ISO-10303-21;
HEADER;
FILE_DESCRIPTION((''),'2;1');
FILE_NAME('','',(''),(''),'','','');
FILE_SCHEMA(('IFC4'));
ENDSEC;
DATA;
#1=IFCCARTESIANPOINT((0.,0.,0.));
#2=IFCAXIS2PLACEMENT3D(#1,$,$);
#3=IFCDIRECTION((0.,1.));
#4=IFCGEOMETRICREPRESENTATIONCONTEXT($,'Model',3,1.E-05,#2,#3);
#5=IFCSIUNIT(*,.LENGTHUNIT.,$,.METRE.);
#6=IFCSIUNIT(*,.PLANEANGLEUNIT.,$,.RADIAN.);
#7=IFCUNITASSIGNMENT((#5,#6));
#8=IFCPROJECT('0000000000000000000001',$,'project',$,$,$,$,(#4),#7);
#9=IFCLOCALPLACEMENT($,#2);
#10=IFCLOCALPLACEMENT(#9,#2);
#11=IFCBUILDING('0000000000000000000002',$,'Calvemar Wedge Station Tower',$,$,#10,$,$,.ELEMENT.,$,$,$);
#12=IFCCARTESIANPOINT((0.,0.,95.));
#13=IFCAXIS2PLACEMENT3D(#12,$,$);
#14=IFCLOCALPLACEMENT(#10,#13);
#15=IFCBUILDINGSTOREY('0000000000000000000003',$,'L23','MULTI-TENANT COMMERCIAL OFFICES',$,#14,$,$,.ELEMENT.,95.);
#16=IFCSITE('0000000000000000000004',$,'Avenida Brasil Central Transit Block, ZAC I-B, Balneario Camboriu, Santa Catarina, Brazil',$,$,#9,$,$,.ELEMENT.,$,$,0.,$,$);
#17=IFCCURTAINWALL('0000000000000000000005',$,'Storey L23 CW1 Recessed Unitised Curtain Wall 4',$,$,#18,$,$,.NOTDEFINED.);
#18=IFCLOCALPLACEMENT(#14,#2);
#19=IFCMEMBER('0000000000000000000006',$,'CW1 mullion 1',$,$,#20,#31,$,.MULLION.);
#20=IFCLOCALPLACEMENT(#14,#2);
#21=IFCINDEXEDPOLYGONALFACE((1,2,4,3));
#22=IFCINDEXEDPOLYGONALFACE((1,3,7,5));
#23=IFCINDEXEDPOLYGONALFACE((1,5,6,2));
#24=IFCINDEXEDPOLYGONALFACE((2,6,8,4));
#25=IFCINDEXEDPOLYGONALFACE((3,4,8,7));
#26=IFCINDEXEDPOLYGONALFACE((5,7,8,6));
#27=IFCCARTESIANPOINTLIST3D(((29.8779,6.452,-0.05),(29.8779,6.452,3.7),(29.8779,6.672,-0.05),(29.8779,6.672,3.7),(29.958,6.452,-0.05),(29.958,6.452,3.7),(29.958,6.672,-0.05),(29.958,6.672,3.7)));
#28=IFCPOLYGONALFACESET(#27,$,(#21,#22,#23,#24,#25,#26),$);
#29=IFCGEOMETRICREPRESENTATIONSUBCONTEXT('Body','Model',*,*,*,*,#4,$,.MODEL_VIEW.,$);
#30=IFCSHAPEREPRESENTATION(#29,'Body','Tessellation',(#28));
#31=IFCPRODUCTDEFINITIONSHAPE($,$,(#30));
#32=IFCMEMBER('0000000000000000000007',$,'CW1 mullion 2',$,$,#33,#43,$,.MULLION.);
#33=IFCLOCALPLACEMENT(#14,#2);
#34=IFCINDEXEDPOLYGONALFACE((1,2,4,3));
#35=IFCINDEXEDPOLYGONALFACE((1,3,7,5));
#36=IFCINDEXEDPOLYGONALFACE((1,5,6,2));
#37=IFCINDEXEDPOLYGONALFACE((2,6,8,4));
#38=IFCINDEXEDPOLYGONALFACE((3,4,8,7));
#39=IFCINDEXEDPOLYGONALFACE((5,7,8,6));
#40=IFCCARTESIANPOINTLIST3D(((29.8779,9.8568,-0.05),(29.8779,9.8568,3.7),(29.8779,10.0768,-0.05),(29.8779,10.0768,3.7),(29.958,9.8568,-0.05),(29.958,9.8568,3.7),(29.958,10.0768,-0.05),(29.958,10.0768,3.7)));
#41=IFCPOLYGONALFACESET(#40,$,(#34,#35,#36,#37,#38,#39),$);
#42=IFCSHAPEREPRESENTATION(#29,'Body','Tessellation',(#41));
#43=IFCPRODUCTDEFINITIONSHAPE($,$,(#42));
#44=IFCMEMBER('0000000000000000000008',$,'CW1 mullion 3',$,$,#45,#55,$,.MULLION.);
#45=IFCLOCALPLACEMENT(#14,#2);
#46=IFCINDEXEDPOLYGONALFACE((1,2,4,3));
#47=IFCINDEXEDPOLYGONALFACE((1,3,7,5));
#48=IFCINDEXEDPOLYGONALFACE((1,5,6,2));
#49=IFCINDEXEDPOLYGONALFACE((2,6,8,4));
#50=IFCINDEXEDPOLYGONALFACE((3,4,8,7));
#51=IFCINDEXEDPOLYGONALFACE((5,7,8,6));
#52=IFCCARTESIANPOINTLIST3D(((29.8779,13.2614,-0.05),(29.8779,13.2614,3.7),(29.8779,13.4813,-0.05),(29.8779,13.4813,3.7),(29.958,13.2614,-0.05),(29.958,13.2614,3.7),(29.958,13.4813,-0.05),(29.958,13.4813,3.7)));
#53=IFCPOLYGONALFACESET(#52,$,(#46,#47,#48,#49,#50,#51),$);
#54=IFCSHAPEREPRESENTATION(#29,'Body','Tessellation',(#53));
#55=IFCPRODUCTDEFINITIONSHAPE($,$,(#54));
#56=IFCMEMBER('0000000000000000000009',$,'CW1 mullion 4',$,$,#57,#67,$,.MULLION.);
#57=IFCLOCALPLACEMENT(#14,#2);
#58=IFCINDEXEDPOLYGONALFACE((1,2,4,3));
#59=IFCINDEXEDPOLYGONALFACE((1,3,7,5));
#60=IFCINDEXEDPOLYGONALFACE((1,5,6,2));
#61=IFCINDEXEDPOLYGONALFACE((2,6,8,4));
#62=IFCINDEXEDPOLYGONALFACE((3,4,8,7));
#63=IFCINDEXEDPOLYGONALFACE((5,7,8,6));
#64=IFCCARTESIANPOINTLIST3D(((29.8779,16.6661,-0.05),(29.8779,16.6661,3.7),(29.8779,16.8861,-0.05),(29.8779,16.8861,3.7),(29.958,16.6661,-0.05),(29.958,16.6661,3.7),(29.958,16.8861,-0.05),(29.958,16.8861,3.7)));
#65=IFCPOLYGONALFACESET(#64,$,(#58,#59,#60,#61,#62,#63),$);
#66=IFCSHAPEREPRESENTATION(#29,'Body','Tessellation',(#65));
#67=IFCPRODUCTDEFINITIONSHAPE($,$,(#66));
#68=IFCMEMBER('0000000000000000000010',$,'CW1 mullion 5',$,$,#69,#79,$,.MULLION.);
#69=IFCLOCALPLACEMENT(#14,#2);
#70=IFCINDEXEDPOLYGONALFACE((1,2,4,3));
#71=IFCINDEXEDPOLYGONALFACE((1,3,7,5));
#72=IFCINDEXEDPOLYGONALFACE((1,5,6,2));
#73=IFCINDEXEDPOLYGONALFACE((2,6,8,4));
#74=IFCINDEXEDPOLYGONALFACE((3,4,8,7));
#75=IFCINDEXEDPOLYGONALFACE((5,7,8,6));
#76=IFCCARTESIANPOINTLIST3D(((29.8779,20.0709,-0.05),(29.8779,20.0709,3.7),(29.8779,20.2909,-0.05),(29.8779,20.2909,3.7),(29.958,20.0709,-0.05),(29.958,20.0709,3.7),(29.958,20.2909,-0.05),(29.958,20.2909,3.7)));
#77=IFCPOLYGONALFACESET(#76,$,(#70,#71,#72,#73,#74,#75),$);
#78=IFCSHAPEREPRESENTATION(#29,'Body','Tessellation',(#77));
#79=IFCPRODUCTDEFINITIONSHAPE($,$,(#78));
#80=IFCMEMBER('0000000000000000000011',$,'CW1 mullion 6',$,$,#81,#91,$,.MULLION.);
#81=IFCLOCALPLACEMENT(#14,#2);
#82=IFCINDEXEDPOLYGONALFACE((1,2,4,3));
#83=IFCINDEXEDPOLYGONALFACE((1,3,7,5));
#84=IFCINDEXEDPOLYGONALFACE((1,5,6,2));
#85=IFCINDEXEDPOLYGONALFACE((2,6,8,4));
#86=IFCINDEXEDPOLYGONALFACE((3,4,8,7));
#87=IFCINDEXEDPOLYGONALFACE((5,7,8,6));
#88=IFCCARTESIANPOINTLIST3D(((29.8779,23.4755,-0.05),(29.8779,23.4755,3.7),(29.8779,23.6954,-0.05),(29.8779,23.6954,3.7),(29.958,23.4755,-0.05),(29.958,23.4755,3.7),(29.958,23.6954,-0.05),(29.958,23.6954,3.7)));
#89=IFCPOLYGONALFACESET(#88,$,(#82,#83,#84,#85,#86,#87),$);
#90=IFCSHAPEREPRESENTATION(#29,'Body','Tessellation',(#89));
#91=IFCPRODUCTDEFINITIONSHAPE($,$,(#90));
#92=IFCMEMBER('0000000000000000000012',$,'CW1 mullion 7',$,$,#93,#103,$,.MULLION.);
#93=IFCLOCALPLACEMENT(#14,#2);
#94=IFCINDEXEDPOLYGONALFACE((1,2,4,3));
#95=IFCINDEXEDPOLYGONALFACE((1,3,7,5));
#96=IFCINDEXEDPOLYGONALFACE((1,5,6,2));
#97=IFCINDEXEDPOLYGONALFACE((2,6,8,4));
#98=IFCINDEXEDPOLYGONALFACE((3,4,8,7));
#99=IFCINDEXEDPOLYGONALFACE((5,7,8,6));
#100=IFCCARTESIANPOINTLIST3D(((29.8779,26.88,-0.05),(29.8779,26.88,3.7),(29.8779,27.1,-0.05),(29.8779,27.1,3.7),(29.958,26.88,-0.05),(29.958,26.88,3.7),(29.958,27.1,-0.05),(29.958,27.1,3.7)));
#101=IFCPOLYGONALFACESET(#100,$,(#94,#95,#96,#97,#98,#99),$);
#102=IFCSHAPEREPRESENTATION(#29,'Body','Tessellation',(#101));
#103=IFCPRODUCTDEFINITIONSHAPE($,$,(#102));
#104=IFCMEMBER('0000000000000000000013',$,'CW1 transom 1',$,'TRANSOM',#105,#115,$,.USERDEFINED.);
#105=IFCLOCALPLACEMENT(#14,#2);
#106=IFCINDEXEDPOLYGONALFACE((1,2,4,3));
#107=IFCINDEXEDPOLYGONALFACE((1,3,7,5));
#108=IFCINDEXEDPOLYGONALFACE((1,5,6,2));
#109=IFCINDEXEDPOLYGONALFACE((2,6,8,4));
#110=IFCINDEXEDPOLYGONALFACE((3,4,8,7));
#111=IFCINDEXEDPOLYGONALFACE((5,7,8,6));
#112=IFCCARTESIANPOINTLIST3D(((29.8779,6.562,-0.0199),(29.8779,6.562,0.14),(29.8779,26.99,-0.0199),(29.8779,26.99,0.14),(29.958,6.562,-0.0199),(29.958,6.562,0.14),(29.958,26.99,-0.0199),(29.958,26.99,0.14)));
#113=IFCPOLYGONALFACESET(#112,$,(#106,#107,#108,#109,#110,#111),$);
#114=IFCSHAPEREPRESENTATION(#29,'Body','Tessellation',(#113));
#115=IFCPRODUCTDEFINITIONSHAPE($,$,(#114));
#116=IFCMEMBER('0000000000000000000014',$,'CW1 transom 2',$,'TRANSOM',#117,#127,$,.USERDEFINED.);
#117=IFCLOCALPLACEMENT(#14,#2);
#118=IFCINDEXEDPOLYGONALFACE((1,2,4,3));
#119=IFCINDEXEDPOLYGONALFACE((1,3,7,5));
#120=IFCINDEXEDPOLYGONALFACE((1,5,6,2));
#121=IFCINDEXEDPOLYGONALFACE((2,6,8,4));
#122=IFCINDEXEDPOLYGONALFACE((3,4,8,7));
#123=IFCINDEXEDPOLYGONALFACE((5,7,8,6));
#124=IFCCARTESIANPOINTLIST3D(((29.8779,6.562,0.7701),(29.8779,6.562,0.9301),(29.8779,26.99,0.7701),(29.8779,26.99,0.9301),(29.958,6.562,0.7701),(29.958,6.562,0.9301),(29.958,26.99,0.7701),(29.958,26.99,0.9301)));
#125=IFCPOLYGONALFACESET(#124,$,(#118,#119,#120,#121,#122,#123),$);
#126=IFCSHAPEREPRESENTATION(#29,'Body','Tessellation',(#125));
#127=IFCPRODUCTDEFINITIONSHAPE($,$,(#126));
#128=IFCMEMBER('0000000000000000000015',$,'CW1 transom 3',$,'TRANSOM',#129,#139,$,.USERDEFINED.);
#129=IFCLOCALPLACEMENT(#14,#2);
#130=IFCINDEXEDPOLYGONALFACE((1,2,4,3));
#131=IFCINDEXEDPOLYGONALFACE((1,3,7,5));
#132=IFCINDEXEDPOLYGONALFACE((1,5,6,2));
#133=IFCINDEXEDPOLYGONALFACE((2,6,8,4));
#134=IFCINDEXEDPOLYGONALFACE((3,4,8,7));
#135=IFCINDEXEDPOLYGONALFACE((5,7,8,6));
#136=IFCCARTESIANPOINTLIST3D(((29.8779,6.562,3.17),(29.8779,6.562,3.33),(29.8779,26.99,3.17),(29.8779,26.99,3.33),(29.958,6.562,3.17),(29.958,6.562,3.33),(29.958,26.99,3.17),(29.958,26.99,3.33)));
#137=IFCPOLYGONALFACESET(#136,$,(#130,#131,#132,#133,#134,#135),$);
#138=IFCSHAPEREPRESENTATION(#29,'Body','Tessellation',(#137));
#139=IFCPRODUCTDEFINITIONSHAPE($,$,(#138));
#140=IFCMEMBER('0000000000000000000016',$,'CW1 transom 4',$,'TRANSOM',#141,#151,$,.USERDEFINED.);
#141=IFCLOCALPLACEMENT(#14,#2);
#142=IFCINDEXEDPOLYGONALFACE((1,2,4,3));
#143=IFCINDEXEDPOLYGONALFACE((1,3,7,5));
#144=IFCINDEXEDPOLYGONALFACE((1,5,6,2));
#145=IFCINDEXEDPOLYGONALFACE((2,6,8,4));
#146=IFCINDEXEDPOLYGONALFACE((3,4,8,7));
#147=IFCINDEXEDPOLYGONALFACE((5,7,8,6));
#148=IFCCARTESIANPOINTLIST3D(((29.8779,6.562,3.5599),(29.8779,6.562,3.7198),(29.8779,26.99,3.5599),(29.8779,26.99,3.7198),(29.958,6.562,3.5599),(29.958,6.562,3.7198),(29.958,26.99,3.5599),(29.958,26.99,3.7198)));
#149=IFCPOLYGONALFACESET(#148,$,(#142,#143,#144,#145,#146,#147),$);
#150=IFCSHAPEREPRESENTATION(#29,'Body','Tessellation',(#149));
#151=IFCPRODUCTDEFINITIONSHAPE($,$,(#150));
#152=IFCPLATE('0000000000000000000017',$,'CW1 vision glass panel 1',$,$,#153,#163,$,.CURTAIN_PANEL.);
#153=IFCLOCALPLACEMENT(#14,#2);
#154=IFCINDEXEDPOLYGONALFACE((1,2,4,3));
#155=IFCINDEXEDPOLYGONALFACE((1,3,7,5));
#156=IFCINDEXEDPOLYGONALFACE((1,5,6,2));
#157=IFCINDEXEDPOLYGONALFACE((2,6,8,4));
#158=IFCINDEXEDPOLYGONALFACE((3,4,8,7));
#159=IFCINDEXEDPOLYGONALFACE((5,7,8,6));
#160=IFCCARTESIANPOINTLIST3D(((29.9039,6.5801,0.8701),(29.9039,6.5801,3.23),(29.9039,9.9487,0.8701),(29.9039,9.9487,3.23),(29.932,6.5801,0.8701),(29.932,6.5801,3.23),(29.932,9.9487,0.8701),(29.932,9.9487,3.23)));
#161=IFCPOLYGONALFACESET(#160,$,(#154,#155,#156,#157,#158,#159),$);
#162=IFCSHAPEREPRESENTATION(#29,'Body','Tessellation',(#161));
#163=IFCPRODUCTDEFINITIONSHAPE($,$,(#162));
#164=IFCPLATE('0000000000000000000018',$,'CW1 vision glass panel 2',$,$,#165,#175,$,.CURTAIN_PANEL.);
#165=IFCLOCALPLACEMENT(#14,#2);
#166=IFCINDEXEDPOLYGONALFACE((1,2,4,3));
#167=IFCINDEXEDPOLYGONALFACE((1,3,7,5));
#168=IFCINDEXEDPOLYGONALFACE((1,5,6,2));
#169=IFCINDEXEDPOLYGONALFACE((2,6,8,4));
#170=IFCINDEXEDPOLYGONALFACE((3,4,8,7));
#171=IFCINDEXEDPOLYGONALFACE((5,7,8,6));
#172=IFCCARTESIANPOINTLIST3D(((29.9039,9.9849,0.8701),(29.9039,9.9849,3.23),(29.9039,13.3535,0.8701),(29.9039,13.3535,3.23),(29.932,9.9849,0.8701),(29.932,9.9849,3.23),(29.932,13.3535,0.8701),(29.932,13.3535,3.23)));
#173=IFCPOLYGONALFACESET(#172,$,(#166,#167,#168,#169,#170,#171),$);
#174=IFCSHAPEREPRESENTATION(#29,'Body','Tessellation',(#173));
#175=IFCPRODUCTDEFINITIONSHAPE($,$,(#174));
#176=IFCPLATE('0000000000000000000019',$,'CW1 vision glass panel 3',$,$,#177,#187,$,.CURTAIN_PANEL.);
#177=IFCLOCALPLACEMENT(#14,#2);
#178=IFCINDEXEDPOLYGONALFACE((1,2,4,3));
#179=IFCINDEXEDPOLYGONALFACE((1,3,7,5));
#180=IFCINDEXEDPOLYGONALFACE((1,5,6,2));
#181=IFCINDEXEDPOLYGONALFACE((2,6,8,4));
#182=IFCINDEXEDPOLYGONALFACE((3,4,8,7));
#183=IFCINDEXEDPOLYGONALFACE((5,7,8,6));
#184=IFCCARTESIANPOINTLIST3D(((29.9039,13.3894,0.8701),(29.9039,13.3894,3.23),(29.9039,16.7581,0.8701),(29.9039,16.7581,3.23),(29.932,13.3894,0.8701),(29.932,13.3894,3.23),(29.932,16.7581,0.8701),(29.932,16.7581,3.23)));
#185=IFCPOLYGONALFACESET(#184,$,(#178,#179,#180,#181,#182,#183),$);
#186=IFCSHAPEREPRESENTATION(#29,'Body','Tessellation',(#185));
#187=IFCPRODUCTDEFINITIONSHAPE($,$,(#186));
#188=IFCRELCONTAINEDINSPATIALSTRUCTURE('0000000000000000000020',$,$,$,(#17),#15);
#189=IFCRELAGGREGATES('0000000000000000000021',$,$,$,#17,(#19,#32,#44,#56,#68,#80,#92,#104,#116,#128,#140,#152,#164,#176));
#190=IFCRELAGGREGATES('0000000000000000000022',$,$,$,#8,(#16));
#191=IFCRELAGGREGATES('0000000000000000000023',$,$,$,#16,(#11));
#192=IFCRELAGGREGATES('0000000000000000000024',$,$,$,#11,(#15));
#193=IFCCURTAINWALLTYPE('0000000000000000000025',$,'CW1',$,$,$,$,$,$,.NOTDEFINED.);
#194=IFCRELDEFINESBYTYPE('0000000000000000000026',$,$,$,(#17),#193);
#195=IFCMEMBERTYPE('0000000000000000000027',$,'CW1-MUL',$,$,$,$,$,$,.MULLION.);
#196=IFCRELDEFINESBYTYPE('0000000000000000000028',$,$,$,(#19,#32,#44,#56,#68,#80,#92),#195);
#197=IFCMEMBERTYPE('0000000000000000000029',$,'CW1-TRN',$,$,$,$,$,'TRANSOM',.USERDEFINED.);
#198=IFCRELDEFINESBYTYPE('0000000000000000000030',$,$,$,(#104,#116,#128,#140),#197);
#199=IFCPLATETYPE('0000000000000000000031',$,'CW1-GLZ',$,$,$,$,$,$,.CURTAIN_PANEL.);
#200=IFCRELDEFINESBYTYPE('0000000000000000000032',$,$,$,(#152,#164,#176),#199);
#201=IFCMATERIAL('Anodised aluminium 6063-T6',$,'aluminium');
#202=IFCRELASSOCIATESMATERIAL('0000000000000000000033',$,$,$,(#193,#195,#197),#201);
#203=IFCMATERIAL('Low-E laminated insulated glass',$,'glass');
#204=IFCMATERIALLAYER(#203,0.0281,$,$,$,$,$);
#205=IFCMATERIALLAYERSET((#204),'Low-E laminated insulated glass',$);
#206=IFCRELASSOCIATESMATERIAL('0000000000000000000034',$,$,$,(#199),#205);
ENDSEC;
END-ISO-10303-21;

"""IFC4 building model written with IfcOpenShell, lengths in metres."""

from ifc_helpers import new_model, si_unit, direction, frame, frame_2d, origin, origin_2d, place, context, subcontext, project, spatial, rectangle, extrude, source, transform, mapped, material, layer, layer_set, material_profile, profile_set, type_object, element, aggregate, save


model = new_model("IFC4")

# Units and contexts
model_context = context("Model", 3, precision=1e-05, world=origin(), true_north=direction((0.0, 1.0)))
body_context = subcontext(model_context, "Body", "Model", "MODEL_VIEW")
ifc_project = project(units=[si_unit("LENGTHUNIT", "METRE"), si_unit("PLANEANGLEUNIT", "RADIAN")], contexts=[model_context])

# Site, building, storey
site_placement = place(None, origin())
site = spatial("IfcSite", under=ifc_project, at=site_placement, Name="Avenida Brasil Central Transit Block, ZAC I-B, Balneario Camboriu, Santa Catarina, Brazil", CompositionType="ELEMENT", RefElevation=0.0)
building_placement = place(site_placement, origin())
building = spatial("IfcBuilding", under=site, at=building_placement, Name="Calvemar Wedge Station Tower", CompositionType="ELEMENT")
storey_placement = place(building_placement, frame((0.0, 0.0, 95.0)))
storey = spatial("IfcBuildingStorey", under=building, at=storey_placement, Name="L23", Description="MULTI-TENANT COMMERCIAL OFFICES", CompositionType="ELEMENT", Elevation=95.0)

# Curtain wall, members, plates
ifc_material_1 = material(Name="Anodised aluminium 6063-T6", Category="aluminium")
curtain_wall_type = type_object("IfcCurtainWallType", Name="CW1", PredefinedType="NOTDEFINED", material=ifc_material_1)
curtain_wall_placement = place(storey_placement, origin())
curtain_wall = element("IfcCurtainWall", 1, at=curtain_wall_placement, inside=storey, type_object=curtain_wall_type, Name="Storey L23 CW1 Recessed Unitised Curtain Wall 4", PredefinedType="NOTDEFINED")
ifc_material_profile_1 = material_profile(ifc_material_1, rectangle(XDim=0.0801, YDim=0.22, at=origin_2d()), Name="AL-MUL-80x220")
ifc_profile_set_1 = profile_set([ifc_material_profile_1], Name="Anodised aluminium 6063-T6")
member_type_1 = type_object("IfcMemberType", Name="CW1-MUL", PredefinedType="MULLION", material=ifc_profile_set_1)
shared_shape_1 = source(origin(), body_context, "Body", "SweptSolid", [
    extrude(rectangle(XDim=0.0801, YDim=0.22, at=origin_2d()), origin(), (0.0, 0.0, 1.0), 3.75),
])
member_1_placement = place(storey_placement, frame((29.918, 6.562, -0.05), z_axis=(0.0, 0.0, 1.0), x_axis=(1.0, 0.0, 0.0)))
member_1 = element("IfcMember", 2, at=member_1_placement, type_object=member_type_1, Name="CW1 mullion 1", PredefinedType="MULLION", context=body_context, shape_type="MappedRepresentation", body=[
    mapped(shared_shape_1, transform((0.0, 0.0, 0.0), scale=1.0)),
])
member_2_placement = place(storey_placement, frame((29.918, 9.9668, -0.05), z_axis=(0.0, 0.0, 1.0), x_axis=(1.0, 0.0, 0.0)))
member_2 = element("IfcMember", 3, at=member_2_placement, type_object=member_type_1, Name="CW1 mullion 2", PredefinedType="MULLION", context=body_context, shape_type="MappedRepresentation", body=[
    mapped(shared_shape_1, transform((0.0, 0.0, 0.0), scale=1.0)),
])
member_3_placement = place(storey_placement, frame((29.918, 13.3713, -0.05), z_axis=(0.0, 0.0, 1.0), x_axis=(1.0, 0.0, 0.0)))
member_3 = element("IfcMember", 4, at=member_3_placement, type_object=member_type_1, Name="CW1 mullion 3", PredefinedType="MULLION", context=body_context, shape_type="MappedRepresentation", body=[
    mapped(shared_shape_1, transform((0.0, 0.0, 0.0), scale=1.0)),
])
member_4_placement = place(storey_placement, frame((29.918, 16.7761, -0.05), z_axis=(0.0, 0.0, 1.0), x_axis=(1.0, 0.0, 0.0)))
member_4 = element("IfcMember", 5, at=member_4_placement, type_object=member_type_1, Name="CW1 mullion 4", PredefinedType="MULLION", context=body_context, shape_type="MappedRepresentation", body=[
    mapped(shared_shape_1, transform((0.0, 0.0, 0.0), scale=1.0)),
])
member_5_placement = place(storey_placement, frame((29.918, 20.1809, -0.05), z_axis=(0.0, 0.0, 1.0), x_axis=(1.0, 0.0, 0.0)))
member_5 = element("IfcMember", 6, at=member_5_placement, type_object=member_type_1, Name="CW1 mullion 5", PredefinedType="MULLION", context=body_context, shape_type="MappedRepresentation", body=[
    mapped(shared_shape_1, transform((0.0, 0.0, 0.0), scale=1.0)),
])
member_6_placement = place(storey_placement, frame((29.918, 23.5854, -0.05), z_axis=(0.0, 0.0, 1.0), x_axis=(1.0, 0.0, 0.0)))
member_6 = element("IfcMember", 7, at=member_6_placement, type_object=member_type_1, Name="CW1 mullion 6", PredefinedType="MULLION", context=body_context, shape_type="MappedRepresentation", body=[
    mapped(shared_shape_1, transform((0.0, 0.0, 0.0), scale=1.0)),
])
member_7_placement = place(storey_placement, frame((29.918, 26.99, -0.05), z_axis=(0.0, 0.0, 1.0), x_axis=(1.0, 0.0, 0.0)))
member_7 = element("IfcMember", 8, at=member_7_placement, type_object=member_type_1, Name="CW1 mullion 7", PredefinedType="MULLION", context=body_context, shape_type="MappedRepresentation", body=[
    mapped(shared_shape_1, transform((0.0, 0.0, 0.0), scale=1.0)),
])
ifc_material_profile_2 = material_profile(ifc_material_1, rectangle(XDim=0.0801, YDim=0.1599, at=origin_2d()), Name="AL-TRN-80x160")
ifc_profile_set_2 = profile_set([ifc_material_profile_2], Name="Anodised aluminium 6063-T6")
member_type_2 = type_object("IfcMemberType", Name="CW1-TRN", ElementType="TRANSOM", PredefinedType="USERDEFINED", material=ifc_profile_set_2)
shared_shape_2 = source(origin(), body_context, "Body", "SweptSolid", [
    extrude(rectangle(XDim=0.0801, YDim=0.1599, at=origin_2d()), origin(), (0.0, 0.0, 1.0), 20.428),
])
member_8_placement = place(storey_placement, frame((29.918, 6.562, 0.0601), z_axis=(0.0, 1.0, 0.0), x_axis=(-1.0, 0.0, 0.0)))
member_8 = element("IfcMember", 9, at=member_8_placement, type_object=member_type_2, Name="CW1 transom 1", ObjectType="TRANSOM", PredefinedType="USERDEFINED", context=body_context, shape_type="MappedRepresentation", body=[
    mapped(shared_shape_2, transform((0.0, 0.0, 0.0), scale=1.0)),
])
member_9_placement = place(storey_placement, frame((29.918, 6.562, 0.8501), z_axis=(0.0, 1.0, 0.0), x_axis=(-1.0, 0.0, 0.0)))
member_9 = element("IfcMember", 10, at=member_9_placement, type_object=member_type_2, Name="CW1 transom 2", ObjectType="TRANSOM", PredefinedType="USERDEFINED", context=body_context, shape_type="MappedRepresentation", body=[
    mapped(shared_shape_2, transform((0.0, 0.0, 0.0), scale=1.0)),
])
member_10_placement = place(storey_placement, frame((29.918, 6.562, 3.25), z_axis=(0.0, 1.0, 0.0), x_axis=(-1.0, 0.0, 0.0)))
member_10 = element("IfcMember", 11, at=member_10_placement, type_object=member_type_2, Name="CW1 transom 3", ObjectType="TRANSOM", PredefinedType="USERDEFINED", context=body_context, shape_type="MappedRepresentation", body=[
    mapped(shared_shape_2, transform((0.0, 0.0, 0.0), scale=1.0)),
])
member_11_placement = place(storey_placement, frame((29.918, 6.562, 3.6399), z_axis=(0.0, 1.0, 0.0), x_axis=(-1.0, 0.0, 0.0)))
member_11 = element("IfcMember", 12, at=member_11_placement, type_object=member_type_2, Name="CW1 transom 4", ObjectType="TRANSOM", PredefinedType="USERDEFINED", context=body_context, shape_type="MappedRepresentation", body=[
    mapped(shared_shape_2, transform((0.0, 0.0, 0.0), scale=1.0)),
])
ifc_material_2 = material(Name="Low-E laminated insulated glass", Category="glass")
ifc_layer_1 = layer(ifc_material_2, 0.0281)
ifc_layer_set_1 = layer_set([ifc_layer_1], Name="Low-E laminated insulated glass")
plate_type_1 = type_object("IfcPlateType", Name="CW1-GLZ", PredefinedType="CURTAIN_PANEL", material=ifc_layer_set_1)
plate_1_placement = place(storey_placement, frame((29.918, 6.5801, 0.8701), z_axis=(0.0, 0.0, 1.0), x_axis=(0.0, 1.0, 0.0)))
plate_1 = element("IfcPlate", 13, at=plate_1_placement, type_object=plate_type_1, Name="CW1 vision glass panel 1", PredefinedType="CURTAIN_PANEL", context=body_context, shape_type="SweptSolid", body=[
    extrude(rectangle(XDim=3.3687, YDim=0.0281, at=frame_2d((1.6843, 0.0))), origin(), (0.0, 0.0, 1.0), 2.3599),
])
plate_2_placement = place(storey_placement, frame((29.918, 9.9849, 0.8701), z_axis=(0.0, 0.0, 1.0), x_axis=(0.0, 1.0, 0.0)))
plate_2 = element("IfcPlate", 14, at=plate_2_placement, type_object=plate_type_1, Name="CW1 vision glass panel 2", PredefinedType="CURTAIN_PANEL", context=body_context, shape_type="SweptSolid", body=[
    extrude(rectangle(XDim=3.3687, YDim=0.0281, at=frame_2d((1.6843, 0.0))), origin(), (0.0, 0.0, 1.0), 2.3599),
])
plate_3_placement = place(storey_placement, frame((29.918, 13.3894, 0.8701), z_axis=(0.0, 0.0, 1.0), x_axis=(0.0, 1.0, 0.0)))
plate_3 = element("IfcPlate", 15, at=plate_3_placement, type_object=plate_type_1, Name="CW1 vision glass panel 3", PredefinedType="CURTAIN_PANEL", context=body_context, shape_type="SweptSolid", body=[
    extrude(rectangle(XDim=3.3687, YDim=0.0281, at=frame_2d((1.6843, 0.0))), origin(), (0.0, 0.0, 1.0), 2.3599),
])
aggregate(curtain_wall, [member_1, member_2, member_3, member_4, member_5, member_6, member_7, member_8, member_9, member_10, member_11, plate_1, plate_2, plate_3])

save(model, "model.ifc")
